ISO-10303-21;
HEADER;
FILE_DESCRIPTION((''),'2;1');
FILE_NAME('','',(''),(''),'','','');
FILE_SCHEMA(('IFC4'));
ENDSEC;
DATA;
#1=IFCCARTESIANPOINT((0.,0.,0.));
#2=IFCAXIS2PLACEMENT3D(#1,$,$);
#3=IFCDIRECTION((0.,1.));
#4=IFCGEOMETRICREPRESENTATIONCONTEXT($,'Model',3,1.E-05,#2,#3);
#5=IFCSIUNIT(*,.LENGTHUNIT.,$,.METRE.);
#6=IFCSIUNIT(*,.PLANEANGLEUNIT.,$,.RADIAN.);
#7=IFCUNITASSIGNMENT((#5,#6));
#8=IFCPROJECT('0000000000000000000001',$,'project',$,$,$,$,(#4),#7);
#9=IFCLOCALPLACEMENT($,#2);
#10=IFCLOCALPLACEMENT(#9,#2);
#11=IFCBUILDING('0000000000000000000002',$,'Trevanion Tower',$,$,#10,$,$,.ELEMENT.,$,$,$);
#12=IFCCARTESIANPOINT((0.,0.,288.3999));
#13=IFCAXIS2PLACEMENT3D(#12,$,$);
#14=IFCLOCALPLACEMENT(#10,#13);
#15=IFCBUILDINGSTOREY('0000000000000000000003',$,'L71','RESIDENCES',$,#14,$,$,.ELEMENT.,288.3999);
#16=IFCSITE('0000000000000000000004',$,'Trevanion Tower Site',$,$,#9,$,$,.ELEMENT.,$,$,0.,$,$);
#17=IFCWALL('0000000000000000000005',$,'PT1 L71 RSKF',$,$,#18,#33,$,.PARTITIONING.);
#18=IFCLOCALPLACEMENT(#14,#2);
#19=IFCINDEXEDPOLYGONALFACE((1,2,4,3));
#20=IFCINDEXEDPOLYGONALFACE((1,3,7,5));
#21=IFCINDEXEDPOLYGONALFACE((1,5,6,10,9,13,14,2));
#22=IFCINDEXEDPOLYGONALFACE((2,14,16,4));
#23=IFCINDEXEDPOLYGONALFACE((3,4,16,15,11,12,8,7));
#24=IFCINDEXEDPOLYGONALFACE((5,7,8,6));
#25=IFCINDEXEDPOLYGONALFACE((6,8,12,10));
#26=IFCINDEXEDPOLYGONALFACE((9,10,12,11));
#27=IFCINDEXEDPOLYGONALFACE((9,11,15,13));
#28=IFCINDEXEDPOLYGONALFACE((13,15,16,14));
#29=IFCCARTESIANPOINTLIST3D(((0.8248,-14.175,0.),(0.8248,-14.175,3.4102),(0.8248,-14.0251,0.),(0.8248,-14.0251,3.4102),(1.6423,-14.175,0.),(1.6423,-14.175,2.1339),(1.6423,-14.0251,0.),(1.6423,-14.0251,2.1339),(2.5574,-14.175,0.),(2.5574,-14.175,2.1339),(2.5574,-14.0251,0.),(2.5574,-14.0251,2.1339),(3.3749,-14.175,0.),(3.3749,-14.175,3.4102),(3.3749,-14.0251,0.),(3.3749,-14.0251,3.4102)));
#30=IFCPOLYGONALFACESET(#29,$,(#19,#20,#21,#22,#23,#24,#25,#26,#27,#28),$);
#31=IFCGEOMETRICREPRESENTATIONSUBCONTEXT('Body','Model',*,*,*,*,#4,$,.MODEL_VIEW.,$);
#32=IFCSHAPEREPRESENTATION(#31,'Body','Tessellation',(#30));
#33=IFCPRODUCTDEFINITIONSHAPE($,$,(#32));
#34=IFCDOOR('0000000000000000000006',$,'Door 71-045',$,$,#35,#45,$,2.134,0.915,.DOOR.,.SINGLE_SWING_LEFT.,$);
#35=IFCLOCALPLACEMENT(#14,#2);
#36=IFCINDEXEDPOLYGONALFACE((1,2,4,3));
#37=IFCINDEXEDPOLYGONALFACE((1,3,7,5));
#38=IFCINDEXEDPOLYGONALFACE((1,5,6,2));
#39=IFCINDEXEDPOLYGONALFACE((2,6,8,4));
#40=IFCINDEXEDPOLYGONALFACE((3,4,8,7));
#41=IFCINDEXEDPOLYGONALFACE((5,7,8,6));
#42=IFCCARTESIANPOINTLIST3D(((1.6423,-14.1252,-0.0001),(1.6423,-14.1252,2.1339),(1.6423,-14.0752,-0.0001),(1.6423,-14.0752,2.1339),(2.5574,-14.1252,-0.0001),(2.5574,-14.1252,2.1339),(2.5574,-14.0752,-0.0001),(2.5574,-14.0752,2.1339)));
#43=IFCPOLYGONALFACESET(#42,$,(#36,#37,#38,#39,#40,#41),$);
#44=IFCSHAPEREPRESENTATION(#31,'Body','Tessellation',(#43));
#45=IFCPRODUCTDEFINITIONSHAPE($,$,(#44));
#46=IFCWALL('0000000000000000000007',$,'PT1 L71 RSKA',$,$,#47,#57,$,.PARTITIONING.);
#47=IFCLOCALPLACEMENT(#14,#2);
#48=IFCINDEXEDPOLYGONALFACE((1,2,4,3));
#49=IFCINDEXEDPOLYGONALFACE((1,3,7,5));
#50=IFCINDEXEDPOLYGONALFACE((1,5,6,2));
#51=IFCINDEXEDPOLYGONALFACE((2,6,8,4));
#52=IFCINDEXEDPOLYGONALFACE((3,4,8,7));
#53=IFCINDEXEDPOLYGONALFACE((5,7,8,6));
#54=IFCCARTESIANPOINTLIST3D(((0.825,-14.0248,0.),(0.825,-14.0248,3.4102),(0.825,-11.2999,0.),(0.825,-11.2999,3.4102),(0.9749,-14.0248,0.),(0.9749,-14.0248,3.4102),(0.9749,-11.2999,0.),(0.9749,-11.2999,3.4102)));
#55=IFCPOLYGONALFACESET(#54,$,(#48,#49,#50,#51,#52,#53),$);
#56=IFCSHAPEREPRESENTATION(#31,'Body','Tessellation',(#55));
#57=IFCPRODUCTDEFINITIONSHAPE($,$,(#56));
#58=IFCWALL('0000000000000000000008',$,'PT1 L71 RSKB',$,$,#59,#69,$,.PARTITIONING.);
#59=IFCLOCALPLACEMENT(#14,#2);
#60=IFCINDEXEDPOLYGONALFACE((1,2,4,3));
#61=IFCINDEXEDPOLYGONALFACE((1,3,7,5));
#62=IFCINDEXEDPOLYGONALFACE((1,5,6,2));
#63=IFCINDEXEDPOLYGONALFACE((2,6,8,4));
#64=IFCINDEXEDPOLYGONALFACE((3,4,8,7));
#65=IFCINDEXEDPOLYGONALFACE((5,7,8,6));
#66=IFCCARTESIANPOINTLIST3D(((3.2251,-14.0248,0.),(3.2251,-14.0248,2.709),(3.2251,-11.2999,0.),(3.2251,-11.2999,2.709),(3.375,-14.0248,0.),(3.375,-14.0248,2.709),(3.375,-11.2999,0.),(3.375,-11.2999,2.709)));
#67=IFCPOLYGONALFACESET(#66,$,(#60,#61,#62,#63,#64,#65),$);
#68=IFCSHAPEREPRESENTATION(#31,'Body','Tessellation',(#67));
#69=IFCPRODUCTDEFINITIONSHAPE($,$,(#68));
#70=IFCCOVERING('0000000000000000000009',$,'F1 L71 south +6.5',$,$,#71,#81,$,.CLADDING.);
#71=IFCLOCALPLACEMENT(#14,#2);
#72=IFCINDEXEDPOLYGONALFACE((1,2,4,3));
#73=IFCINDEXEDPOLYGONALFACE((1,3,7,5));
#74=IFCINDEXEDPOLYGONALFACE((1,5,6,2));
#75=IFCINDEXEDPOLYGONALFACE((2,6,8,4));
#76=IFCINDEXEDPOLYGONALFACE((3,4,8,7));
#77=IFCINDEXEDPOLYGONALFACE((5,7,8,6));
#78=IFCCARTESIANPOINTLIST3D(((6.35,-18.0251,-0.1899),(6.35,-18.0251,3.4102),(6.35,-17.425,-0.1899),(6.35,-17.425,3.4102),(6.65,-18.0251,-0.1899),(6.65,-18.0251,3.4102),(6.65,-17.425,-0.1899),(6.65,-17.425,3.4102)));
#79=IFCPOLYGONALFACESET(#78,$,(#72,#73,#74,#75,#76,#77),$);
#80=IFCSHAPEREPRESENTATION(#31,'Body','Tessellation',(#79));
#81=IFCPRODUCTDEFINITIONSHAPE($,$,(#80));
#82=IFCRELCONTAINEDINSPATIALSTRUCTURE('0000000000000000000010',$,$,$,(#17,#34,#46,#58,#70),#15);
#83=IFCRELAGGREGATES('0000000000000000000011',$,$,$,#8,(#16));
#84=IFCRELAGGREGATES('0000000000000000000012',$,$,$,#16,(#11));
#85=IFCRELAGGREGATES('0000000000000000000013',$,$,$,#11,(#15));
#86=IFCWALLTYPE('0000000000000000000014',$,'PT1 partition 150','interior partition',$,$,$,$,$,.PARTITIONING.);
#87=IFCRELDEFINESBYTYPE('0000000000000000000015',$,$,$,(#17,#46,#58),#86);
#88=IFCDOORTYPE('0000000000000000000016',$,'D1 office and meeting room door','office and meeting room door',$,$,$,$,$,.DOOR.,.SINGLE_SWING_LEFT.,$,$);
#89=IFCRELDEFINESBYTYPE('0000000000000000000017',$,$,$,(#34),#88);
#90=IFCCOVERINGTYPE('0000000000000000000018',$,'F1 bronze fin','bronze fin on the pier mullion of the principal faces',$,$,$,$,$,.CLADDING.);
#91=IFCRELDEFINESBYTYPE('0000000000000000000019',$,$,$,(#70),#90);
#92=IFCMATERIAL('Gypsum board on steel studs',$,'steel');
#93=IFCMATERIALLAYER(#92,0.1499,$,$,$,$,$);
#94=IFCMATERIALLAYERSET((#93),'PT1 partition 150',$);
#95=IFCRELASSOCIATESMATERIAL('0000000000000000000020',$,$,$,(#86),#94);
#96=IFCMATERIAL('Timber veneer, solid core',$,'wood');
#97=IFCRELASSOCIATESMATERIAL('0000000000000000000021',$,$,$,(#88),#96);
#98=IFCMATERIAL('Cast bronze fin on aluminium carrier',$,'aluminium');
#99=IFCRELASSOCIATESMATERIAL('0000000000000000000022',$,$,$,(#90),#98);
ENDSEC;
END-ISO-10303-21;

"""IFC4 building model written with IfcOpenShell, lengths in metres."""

from ifc_helpers import new_model, si_unit, direction, frame, frame_2d, origin, origin_2d, place, context, subcontext, project, spatial, rectangle, extrude, material, layer, layer_set, type_object, element, fill, save


model = new_model("IFC4")

# Units and contexts
model_context = context("Model", 3, precision=1e-05, world=origin(), true_north=direction((0.0, 1.0)))
body_context = subcontext(model_context, "Body", "Model", "MODEL_VIEW")
ifc_project = project(units=[si_unit("LENGTHUNIT", "METRE"), si_unit("PLANEANGLEUNIT", "RADIAN")], contexts=[model_context])

# Site, building, storey
site_placement = place(None, origin())
site = spatial("IfcSite", under=ifc_project, at=site_placement, Name="Trevanion Tower Site", CompositionType="ELEMENT", RefElevation=0.0)
building_placement = place(site_placement, origin())
building = spatial("IfcBuilding", under=site, at=building_placement, Name="Trevanion Tower", CompositionType="ELEMENT")
storey_placement = place(building_placement, frame((0.0, 0.0, 288.3999)))
storey = spatial("IfcBuildingStorey", under=building, at=storey_placement, Name="L71", Description="RESIDENCES", CompositionType="ELEMENT", Elevation=288.3999)

# Wall, opening, door
ifc_material_1 = material(Name="Gypsum board on steel studs", Category="steel")
ifc_layer_1 = layer(ifc_material_1, 0.1499)
ifc_layer_set_1 = layer_set([ifc_layer_1], Name="PT1 partition 150")
wall_type_1 = type_object("IfcWallType", Name="PT1 partition 150", Description="interior partition", PredefinedType="PARTITIONING", material=ifc_layer_set_1)
wall_1_placement = place(storey_placement, frame((0.825, -14.1001, 0.0), z_axis=(0.0, 0.0, 1.0), x_axis=(1.0, 0.0, 0.0)))
wall_1 = element("IfcWall", 1, at=wall_1_placement, inside=storey, type_object=wall_type_1, Name="PT1 L71 RSKF", PredefinedType="PARTITIONING", context=body_context, shape_type="SweptSolid", body=[
    extrude(rectangle(XDim=2.55, YDim=0.1499, at=frame_2d((1.2749, 0.0))), origin(), (0.0, 0.0, 1.0), 3.4102),
])
opening_placement = place(wall_1_placement, frame((0.8174, 0.0, 0.0)))
opening = element("IfcOpeningElement", 2, at=opening_placement, cuts=wall_1, PredefinedType="OPENING", context=body_context, shape_type="SweptSolid", body=[
    extrude(rectangle(XDim=0.915, YDim=2.134, at=frame_2d((0.4575, 1.0669))), frame((0.0, 0.085, 0.0), z_axis=(0.0, -1.0, 0.0), x_axis=(1.0, 0.0, 0.0)), (0.0, 0.0, 1.0), 0.1699),
])
ifc_material_2 = material(Name="Timber veneer, solid core", Category="wood")
door_type = type_object("IfcDoorType", Name="D1 office and meeting room door", Description="office and meeting room door", OperationType="SINGLE_SWING_LEFT", PredefinedType="DOOR", material=ifc_material_2)
door_placement = place(opening_placement, origin())
door = element("IfcDoor", 3, at=door_placement, inside=storey, type_object=door_type, Name="Door 71-045", OperationType="SINGLE_SWING_LEFT", OverallHeight=2.134, OverallWidth=0.915, PredefinedType="DOOR", context=body_context, shape_type="SweptSolid", body=[
    extrude(rectangle(XDim=0.915, YDim=2.134, at=frame_2d((0.4575, 1.0669))), frame((0.0, 0.0249, 0.0), z_axis=(0.0, -1.0, 0.0), x_axis=(1.0, 0.0, 0.0)), (0.0, 0.0, 1.0), 0.05),
])
fill(opening, door)

# Walls
wall_2_placement = place(storey_placement, frame((0.8999, -11.3, 0.0), z_axis=(0.0, 0.0, 1.0), x_axis=(0.0, -1.0, 0.0)))
element("IfcWall", 4, at=wall_2_placement, inside=storey, type_object=wall_type_1, Name="PT1 L71 RSKA", PredefinedType="PARTITIONING", context=body_context, shape_type="SweptSolid", body=[
    extrude(rectangle(XDim=2.7249, YDim=0.1499, at=frame_2d((1.3623, 0.0))), origin(), (0.0, 0.0, 1.0), 3.4102),
])
wall_3_placement = place(storey_placement, frame((3.3, -11.3, 0.0), z_axis=(0.0, 0.0, 1.0), x_axis=(0.0, -1.0, 0.0)))
element("IfcWall", 5, at=wall_3_placement, inside=storey, type_object=wall_type_1, Name="PT1 L71 RSKB", PredefinedType="PARTITIONING", context=body_context, shape_type="SweptSolid", body=[
    extrude(rectangle(XDim=2.7249, YDim=0.1499, at=frame_2d((1.3623, 0.0))), origin(), (0.0, 0.0, 1.0), 2.709),
])

# Covering
ifc_material_3 = material(Name="Cast bronze fin on aluminium carrier", Category="aluminium")
covering_type = type_object("IfcCoveringType", Name="F1 bronze fin", Description="bronze fin on the pier mullion of the principal faces", PredefinedType="CLADDING", material=ifc_material_3)
covering_placement = place(storey_placement, frame((6.5, -17.7251, -0.1899), z_axis=(0.0, 0.0, 1.0), x_axis=(1.0, 0.0, 0.0)))
element("IfcCovering", 6, at=covering_placement, inside=storey, type_object=covering_type, Name="F1 L71 south +6.5", PredefinedType="CLADDING", context=body_context, shape_type="SweptSolid", body=[
    extrude(rectangle(XDim=0.3, YDim=0.6001, at=origin_2d()), origin(), (0.0, 0.0, 1.0), 3.6001),
])

save(model, "model.ifc")
